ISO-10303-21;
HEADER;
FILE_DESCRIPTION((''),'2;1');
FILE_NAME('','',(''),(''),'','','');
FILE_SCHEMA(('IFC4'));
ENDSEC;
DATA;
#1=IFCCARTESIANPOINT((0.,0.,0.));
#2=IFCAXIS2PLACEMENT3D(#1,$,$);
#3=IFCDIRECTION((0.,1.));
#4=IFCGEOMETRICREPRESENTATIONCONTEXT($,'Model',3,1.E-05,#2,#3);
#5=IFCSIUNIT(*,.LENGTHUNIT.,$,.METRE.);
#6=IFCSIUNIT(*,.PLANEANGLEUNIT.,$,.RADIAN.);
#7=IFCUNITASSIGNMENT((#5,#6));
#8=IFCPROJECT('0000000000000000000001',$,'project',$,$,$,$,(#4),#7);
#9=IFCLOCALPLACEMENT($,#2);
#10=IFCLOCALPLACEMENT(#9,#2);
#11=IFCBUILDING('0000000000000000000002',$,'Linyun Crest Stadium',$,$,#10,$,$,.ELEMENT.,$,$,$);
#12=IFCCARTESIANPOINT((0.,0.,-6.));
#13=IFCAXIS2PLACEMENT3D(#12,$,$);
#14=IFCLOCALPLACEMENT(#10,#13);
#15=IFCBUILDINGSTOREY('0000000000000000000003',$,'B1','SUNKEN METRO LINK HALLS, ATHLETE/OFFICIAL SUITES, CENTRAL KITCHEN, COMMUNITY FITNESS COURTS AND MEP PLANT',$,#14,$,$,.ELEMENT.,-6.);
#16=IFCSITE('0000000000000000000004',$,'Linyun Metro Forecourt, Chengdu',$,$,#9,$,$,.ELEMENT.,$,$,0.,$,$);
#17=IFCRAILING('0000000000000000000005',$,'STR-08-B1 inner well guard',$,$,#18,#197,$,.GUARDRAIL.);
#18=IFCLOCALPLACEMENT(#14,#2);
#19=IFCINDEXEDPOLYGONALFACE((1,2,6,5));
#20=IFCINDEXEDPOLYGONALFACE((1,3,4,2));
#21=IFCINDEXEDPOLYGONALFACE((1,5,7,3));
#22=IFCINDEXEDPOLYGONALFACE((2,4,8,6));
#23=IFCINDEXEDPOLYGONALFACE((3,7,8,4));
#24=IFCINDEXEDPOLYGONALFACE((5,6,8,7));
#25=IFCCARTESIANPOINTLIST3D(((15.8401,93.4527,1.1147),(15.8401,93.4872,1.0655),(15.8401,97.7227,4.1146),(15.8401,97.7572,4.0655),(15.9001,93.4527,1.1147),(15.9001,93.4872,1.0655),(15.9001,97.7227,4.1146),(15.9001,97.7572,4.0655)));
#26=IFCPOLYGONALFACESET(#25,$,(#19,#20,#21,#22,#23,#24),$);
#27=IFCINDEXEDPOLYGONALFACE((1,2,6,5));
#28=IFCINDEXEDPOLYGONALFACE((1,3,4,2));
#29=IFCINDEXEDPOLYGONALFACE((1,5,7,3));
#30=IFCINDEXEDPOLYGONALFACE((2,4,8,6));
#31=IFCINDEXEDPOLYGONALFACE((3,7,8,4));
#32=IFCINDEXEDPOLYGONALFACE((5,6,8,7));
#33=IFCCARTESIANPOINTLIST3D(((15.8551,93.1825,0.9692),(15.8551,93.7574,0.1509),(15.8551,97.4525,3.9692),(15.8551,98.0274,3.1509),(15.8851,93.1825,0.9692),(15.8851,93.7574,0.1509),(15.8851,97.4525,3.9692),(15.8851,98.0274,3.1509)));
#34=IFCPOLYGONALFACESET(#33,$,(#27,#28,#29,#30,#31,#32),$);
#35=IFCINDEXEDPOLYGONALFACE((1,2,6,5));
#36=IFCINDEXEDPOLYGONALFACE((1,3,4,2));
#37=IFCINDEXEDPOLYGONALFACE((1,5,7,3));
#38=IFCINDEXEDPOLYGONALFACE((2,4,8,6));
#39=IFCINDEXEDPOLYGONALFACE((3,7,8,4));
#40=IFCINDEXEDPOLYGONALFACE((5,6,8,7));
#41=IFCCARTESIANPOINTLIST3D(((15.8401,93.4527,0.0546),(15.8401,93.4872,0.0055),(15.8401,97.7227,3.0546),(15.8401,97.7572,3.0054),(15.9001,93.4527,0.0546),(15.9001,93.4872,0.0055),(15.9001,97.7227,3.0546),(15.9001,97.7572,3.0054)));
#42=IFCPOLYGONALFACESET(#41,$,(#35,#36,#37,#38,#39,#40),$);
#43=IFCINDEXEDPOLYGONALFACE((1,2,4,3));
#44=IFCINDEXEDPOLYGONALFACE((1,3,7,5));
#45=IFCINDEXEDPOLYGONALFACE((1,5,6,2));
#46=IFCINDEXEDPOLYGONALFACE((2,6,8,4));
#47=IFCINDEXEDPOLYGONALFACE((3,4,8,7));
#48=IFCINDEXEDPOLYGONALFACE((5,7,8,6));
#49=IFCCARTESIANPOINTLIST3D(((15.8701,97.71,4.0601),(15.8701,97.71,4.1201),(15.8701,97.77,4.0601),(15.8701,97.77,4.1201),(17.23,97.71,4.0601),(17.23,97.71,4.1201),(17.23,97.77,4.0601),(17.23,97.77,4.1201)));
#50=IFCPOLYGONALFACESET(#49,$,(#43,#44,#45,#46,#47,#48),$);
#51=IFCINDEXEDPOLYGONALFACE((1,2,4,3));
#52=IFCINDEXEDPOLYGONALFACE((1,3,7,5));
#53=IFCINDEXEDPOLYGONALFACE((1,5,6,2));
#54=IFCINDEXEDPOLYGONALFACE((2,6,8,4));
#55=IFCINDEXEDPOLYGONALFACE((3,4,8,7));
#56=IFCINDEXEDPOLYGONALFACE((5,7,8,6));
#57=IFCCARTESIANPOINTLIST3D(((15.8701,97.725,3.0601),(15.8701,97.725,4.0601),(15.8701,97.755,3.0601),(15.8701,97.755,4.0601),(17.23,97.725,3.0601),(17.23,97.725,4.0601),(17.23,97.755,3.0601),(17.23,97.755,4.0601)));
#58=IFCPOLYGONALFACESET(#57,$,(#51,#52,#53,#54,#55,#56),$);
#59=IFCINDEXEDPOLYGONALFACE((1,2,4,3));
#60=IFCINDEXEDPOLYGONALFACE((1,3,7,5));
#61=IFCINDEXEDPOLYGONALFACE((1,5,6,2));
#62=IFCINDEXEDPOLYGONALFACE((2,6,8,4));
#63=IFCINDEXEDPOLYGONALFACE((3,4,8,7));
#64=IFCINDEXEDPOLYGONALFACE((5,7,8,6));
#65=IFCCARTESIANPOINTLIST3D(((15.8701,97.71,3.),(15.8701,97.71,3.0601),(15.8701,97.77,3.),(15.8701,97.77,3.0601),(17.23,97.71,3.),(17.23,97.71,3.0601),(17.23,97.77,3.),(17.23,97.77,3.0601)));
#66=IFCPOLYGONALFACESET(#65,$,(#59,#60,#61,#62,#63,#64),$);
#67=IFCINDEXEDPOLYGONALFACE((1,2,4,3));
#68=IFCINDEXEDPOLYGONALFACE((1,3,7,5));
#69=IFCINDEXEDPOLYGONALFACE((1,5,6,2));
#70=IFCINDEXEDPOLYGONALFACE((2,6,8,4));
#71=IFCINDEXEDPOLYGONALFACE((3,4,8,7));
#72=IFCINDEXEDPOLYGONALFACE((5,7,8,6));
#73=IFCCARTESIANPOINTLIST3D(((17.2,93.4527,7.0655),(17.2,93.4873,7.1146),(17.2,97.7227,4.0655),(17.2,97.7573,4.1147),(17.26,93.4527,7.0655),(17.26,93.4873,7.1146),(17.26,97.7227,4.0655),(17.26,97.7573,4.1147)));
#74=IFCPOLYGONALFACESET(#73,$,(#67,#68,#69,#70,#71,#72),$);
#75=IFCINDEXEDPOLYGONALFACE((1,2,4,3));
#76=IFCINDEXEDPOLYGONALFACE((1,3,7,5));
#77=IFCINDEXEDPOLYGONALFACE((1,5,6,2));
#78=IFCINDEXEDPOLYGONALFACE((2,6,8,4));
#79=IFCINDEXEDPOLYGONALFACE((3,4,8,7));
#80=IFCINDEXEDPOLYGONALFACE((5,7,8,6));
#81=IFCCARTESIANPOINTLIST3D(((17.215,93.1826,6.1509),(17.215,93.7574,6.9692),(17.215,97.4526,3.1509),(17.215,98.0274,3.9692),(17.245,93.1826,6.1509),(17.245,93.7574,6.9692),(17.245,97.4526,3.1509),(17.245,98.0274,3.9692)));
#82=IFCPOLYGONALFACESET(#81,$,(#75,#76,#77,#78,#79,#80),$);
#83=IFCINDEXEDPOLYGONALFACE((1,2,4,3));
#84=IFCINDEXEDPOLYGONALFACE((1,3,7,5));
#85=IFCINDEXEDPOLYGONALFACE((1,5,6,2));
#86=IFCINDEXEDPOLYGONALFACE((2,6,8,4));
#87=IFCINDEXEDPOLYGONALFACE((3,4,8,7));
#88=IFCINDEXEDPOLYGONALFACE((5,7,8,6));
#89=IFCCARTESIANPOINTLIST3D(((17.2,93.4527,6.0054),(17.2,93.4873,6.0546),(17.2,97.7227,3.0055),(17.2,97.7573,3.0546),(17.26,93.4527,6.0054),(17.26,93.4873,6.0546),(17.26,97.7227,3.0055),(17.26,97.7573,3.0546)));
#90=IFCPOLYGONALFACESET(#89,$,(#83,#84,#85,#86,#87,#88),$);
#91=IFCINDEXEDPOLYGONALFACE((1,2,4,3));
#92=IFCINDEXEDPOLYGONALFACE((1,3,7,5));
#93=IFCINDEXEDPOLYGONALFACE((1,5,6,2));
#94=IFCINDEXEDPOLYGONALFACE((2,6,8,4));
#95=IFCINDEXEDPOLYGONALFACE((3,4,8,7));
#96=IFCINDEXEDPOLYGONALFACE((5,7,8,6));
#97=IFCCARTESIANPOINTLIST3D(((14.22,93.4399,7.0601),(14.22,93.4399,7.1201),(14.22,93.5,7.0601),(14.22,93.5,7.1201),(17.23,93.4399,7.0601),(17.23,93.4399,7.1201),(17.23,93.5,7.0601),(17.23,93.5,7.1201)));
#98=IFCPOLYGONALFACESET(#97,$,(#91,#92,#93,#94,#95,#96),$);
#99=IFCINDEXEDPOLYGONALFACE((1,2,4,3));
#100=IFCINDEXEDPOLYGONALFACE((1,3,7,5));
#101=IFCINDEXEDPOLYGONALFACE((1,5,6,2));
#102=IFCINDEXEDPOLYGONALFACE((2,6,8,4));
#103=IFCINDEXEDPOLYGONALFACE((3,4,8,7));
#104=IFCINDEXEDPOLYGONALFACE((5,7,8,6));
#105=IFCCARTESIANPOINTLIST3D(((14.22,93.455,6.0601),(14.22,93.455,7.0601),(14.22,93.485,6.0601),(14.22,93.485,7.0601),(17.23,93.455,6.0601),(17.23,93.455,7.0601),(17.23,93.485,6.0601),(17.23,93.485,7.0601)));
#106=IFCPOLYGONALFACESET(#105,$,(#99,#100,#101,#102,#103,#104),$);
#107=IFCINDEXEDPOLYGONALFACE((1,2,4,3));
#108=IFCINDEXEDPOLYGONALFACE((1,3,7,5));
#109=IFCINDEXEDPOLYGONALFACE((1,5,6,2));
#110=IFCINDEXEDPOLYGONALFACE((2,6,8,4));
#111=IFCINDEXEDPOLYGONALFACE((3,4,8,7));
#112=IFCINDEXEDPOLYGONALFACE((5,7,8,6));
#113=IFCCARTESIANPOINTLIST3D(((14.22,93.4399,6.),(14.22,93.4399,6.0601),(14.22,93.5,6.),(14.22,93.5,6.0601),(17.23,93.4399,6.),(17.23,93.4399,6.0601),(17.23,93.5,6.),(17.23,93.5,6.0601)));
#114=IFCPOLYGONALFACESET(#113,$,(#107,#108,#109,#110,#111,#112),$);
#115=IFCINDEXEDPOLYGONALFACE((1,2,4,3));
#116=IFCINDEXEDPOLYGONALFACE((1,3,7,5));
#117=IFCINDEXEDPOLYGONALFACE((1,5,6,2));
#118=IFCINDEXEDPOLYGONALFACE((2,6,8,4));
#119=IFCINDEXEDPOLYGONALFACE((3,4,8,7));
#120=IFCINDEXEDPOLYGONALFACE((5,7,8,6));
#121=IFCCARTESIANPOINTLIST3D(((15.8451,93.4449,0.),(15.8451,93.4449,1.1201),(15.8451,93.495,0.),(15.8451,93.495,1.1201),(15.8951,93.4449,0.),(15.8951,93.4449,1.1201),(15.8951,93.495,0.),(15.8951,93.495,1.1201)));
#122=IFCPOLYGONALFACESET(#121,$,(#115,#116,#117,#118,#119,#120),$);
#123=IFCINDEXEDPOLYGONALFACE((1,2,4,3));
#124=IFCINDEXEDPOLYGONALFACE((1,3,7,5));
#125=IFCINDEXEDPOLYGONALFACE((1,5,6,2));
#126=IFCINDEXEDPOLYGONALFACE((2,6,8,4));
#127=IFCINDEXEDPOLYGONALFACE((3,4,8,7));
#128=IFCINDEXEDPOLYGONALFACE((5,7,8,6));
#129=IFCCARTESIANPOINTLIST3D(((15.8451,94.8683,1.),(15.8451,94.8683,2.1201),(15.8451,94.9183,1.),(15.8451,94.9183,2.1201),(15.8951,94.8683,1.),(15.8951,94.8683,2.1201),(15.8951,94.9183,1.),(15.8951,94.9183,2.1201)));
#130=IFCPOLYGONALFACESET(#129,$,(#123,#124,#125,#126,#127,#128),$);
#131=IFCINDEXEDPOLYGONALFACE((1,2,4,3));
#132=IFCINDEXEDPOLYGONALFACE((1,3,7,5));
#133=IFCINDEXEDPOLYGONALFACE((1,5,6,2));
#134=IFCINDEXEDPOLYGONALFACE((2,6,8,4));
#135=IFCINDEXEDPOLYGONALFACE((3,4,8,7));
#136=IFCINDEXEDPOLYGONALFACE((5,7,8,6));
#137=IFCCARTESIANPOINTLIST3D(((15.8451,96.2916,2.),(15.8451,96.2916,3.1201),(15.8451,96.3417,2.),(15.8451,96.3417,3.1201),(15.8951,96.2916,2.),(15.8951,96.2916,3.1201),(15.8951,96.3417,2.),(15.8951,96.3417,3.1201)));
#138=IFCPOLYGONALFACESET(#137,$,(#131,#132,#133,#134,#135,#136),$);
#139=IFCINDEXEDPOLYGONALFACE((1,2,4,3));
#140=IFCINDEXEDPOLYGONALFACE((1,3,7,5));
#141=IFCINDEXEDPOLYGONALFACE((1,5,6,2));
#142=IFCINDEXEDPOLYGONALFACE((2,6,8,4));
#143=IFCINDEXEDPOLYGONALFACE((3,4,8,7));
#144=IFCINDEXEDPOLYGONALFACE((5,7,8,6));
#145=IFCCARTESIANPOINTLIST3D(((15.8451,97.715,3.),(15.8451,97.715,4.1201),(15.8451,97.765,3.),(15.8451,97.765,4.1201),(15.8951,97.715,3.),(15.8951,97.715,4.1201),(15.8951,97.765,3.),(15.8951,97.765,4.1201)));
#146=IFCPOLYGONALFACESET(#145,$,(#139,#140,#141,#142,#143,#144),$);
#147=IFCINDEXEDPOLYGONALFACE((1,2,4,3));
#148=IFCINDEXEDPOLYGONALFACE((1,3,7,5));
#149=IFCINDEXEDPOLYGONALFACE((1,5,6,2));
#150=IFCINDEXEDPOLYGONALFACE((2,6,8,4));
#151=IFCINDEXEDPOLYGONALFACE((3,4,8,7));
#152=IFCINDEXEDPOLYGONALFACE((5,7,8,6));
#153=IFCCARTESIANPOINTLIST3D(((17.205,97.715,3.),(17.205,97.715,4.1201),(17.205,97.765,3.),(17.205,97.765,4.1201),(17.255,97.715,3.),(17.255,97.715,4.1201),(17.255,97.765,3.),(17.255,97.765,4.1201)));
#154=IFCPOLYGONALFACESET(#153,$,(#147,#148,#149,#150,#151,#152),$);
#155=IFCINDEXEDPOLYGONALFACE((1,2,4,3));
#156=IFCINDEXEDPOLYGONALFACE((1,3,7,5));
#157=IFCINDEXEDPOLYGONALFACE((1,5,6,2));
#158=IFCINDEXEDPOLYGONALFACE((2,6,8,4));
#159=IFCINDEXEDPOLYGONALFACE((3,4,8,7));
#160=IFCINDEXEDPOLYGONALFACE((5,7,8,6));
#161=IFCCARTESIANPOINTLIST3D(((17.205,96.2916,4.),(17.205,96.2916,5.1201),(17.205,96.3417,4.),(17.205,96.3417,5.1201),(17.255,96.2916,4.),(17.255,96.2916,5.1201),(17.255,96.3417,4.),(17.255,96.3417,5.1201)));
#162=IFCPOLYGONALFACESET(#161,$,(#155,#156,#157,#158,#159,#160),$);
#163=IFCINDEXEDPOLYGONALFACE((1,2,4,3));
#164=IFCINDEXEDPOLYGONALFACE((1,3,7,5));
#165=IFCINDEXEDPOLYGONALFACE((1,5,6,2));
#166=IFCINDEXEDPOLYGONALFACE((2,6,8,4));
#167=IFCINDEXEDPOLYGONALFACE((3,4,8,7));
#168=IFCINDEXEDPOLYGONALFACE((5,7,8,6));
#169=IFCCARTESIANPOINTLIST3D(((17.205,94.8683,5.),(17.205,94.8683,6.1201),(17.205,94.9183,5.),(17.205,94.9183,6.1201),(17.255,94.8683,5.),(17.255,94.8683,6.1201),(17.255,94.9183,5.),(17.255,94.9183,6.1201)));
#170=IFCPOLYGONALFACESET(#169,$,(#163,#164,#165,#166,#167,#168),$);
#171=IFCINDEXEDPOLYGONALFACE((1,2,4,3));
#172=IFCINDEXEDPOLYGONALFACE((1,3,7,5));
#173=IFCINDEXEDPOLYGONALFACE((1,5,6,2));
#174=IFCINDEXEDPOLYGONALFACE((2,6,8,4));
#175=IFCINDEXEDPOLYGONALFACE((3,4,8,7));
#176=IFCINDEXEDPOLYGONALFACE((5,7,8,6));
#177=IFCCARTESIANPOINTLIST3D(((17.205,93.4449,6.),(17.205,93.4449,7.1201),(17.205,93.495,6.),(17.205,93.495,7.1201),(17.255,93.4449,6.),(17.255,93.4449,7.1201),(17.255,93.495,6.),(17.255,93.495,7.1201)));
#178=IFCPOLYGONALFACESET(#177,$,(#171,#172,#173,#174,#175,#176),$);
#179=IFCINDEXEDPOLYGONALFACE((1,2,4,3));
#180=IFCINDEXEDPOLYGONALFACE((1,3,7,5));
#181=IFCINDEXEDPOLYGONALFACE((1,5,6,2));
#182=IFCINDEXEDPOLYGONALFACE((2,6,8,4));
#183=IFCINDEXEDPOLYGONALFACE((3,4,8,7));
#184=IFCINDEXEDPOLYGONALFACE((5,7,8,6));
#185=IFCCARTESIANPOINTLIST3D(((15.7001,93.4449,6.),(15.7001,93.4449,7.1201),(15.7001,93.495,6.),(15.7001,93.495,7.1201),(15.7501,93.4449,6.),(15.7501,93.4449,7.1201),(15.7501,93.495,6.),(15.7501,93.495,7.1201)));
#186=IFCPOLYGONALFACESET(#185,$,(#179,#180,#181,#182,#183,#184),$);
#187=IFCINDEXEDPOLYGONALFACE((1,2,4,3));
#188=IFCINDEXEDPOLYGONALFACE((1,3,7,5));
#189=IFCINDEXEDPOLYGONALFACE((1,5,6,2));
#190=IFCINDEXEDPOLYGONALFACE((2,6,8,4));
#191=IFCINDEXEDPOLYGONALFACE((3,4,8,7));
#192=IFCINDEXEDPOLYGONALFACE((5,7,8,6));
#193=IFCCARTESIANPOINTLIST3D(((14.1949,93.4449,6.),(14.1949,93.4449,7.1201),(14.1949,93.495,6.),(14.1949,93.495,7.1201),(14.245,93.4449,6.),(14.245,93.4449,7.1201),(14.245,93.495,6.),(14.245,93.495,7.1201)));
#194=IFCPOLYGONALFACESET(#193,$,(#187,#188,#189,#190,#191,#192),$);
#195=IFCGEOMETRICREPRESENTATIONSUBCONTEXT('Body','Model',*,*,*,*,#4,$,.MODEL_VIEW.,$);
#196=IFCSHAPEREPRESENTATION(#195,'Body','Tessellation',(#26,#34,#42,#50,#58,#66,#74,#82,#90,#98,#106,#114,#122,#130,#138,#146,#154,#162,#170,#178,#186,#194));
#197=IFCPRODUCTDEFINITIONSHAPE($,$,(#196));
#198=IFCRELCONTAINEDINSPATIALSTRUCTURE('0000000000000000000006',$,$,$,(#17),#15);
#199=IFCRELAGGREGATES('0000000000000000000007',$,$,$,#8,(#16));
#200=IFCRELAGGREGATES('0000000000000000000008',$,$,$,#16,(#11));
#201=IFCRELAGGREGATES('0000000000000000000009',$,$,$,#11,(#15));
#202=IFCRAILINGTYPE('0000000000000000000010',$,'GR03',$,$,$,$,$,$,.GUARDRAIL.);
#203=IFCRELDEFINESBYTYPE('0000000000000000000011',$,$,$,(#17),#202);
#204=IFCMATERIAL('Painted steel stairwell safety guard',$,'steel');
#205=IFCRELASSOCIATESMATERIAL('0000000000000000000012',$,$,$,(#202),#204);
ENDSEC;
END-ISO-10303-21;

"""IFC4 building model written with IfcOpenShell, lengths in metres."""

from ifc_helpers import new_model, si_unit, direction, frame, origin, origin_2d, place, context, subcontext, project, spatial, rectangle, extrude, material, type_object, element, save


model = new_model("IFC4")

# Units and contexts
model_context = context("Model", 3, precision=1e-05, world=origin(), true_north=direction((0.0, 1.0)))
body_context = subcontext(model_context, "Body", "Model", "MODEL_VIEW")
ifc_project = project(units=[si_unit("LENGTHUNIT", "METRE"), si_unit("PLANEANGLEUNIT", "RADIAN")], contexts=[model_context])

# Site, building, storey
site_placement = place(None, origin())
site = spatial("IfcSite", under=ifc_project, at=site_placement, Name="Linyun Metro Forecourt, Chengdu", CompositionType="ELEMENT", RefElevation=0.0)
building_placement = place(site_placement, origin())
building = spatial("IfcBuilding", under=site, at=building_placement, Name="Linyun Crest Stadium", CompositionType="ELEMENT")
storey_placement = place(building_placement, frame((0.0, 0.0, -6.0)))
storey = spatial("IfcBuildingStorey", under=building, at=storey_placement, Name="B1", Description="SUNKEN METRO LINK HALLS, ATHLETE/OFFICIAL SUITES, CENTRAL KITCHEN, COMMUNITY FITNESS COURTS AND MEP PLANT", CompositionType="ELEMENT", Elevation=-6.0)

# Railing
ifc_material_1 = material(Name="Painted steel stairwell safety guard", Category="steel")
railing_type_1 = type_object("IfcRailingType", Name="GR03", PredefinedType="GUARDRAIL", material=ifc_material_1)
railing_1_placement = place(storey_placement, frame((15.8701, 93.47, 0.0)))
element("IfcRailing", 1, at=railing_1_placement, inside=storey, type_object=railing_type_1, Name="STR-08-B1 inner well guard", PredefinedType="GUARDRAIL", context=body_context, shape_type="SweptSolid", body=[
    extrude(rectangle(XDim=0.0601, YDim=0.0601, at=origin_2d()), frame((0.0, 0.0, 1.0901), z_axis=(0.0, 0.818242, 0.574874), x_axis=(-1.0, 0.0, 0.0)), (0.0, 0.0, 1.0), 5.2185),
    extrude(rectangle(XDim=0.03, YDim=1.0, at=origin_2d()), frame((0.0, 0.0, 0.5601), z_axis=(0.0, 0.818242, 0.574874), x_axis=(-1.0, 0.0, 0.0)), (0.0, 0.0, 1.0), 5.2185),
    extrude(rectangle(XDim=0.0601, YDim=0.0601, at=origin_2d()), frame((0.0, 0.0, 0.03), z_axis=(0.0, 0.818242, 0.574874), x_axis=(-1.0, 0.0, 0.0)), (0.0, 0.0, 1.0), 5.2185),
    extrude(rectangle(XDim=0.0601, YDim=0.0601, at=origin_2d()), frame((0.0, 4.27, 4.0901), z_axis=(1.0, 0.0, 0.0), x_axis=(0.0, 1.0, 0.0)), (0.0, 0.0, 1.0), 1.3599),
    extrude(rectangle(XDim=0.03, YDim=1.0, at=origin_2d()), frame((0.0, 4.27, 3.5601), z_axis=(1.0, 0.0, 0.0), x_axis=(0.0, 1.0, 0.0)), (0.0, 0.0, 1.0), 1.3599),
    extrude(rectangle(XDim=0.0601, YDim=0.0601, at=origin_2d()), frame((0.0, 4.27, 3.03), z_axis=(1.0, 0.0, 0.0), x_axis=(0.0, 1.0, 0.0)), (0.0, 0.0, 1.0), 1.3599),
    extrude(rectangle(XDim=0.0601, YDim=0.0601, at=origin_2d()), frame((1.3599, 4.27, 4.0901), z_axis=(0.0, -0.818242, 0.574874), x_axis=(1.0, 0.0, 0.0)), (0.0, 0.0, 1.0), 5.2185),
    extrude(rectangle(XDim=0.03, YDim=1.0, at=origin_2d()), frame((1.3599, 4.27, 3.5601), z_axis=(0.0, -0.818242, 0.574874), x_axis=(1.0, 0.0, 0.0)), (0.0, 0.0, 1.0), 5.2185),
    extrude(rectangle(XDim=0.0601, YDim=0.0601, at=origin_2d()), frame((1.3599, 4.27, 3.03), z_axis=(0.0, -0.818242, 0.574874), x_axis=(1.0, 0.0, 0.0)), (0.0, 0.0, 1.0), 5.2185),
    extrude(rectangle(XDim=0.0601, YDim=0.0601, at=origin_2d()), frame((1.3599, 0.0, 7.0901), z_axis=(-1.0, 0.0, 0.0), x_axis=(0.0, -1.0, 0.0)), (0.0, 0.0, 1.0), 3.01),
    extrude(rectangle(XDim=0.03, YDim=1.0, at=origin_2d()), frame((1.3599, 0.0, 6.5601), z_axis=(-1.0, 0.0, 0.0), x_axis=(0.0, -1.0, 0.0)), (0.0, 0.0, 1.0), 3.01),
    extrude(rectangle(XDim=0.0601, YDim=0.0601, at=origin_2d()), frame((1.3599, 0.0, 6.03), z_axis=(-1.0, 0.0, 0.0), x_axis=(0.0, -1.0, 0.0)), (0.0, 0.0, 1.0), 3.01),
    extrude(rectangle(XDim=0.05, YDim=0.05, at=origin_2d()), origin(), (0.0, 0.0, 1.0), 1.1201),
    extrude(rectangle(XDim=0.05, YDim=0.05, at=origin_2d()), frame((0.0, 1.4233, 1.0)), (0.0, 0.0, 1.0), 1.1201),
    extrude(rectangle(XDim=0.05, YDim=0.05, at=origin_2d()), frame((0.0, 2.8467, 2.0)), (0.0, 0.0, 1.0), 1.1201),
    extrude(rectangle(XDim=0.05, YDim=0.05, at=origin_2d()), frame((0.0, 4.27, 3.0)), (0.0, 0.0, 1.0), 1.1201),
    extrude(rectangle(XDim=0.05, YDim=0.05, at=origin_2d()), frame((1.3599, 4.27, 3.0)), (0.0, 0.0, 1.0), 1.1201),
    extrude(rectangle(XDim=0.05, YDim=0.05, at=origin_2d()), frame((1.3599, 2.8467, 4.0)), (0.0, 0.0, 1.0), 1.1201),
    extrude(rectangle(XDim=0.05, YDim=0.05, at=origin_2d()), frame((1.3599, 1.4233, 5.0)), (0.0, 0.0, 1.0), 1.1201),
    extrude(rectangle(XDim=0.05, YDim=0.05, at=origin_2d()), frame((1.3599, 0.0, 6.0)), (0.0, 0.0, 1.0), 1.1201),
    extrude(rectangle(XDim=0.05, YDim=0.05, at=origin_2d()), frame((-0.145, 0.0, 6.0)), (0.0, 0.0, 1.0), 1.1201),
    extrude(rectangle(XDim=0.05, YDim=0.05, at=origin_2d()), frame((-1.6501, 0.0, 6.0)), (0.0, 0.0, 1.0), 1.1201),
])

save(model, "model.ifc")
